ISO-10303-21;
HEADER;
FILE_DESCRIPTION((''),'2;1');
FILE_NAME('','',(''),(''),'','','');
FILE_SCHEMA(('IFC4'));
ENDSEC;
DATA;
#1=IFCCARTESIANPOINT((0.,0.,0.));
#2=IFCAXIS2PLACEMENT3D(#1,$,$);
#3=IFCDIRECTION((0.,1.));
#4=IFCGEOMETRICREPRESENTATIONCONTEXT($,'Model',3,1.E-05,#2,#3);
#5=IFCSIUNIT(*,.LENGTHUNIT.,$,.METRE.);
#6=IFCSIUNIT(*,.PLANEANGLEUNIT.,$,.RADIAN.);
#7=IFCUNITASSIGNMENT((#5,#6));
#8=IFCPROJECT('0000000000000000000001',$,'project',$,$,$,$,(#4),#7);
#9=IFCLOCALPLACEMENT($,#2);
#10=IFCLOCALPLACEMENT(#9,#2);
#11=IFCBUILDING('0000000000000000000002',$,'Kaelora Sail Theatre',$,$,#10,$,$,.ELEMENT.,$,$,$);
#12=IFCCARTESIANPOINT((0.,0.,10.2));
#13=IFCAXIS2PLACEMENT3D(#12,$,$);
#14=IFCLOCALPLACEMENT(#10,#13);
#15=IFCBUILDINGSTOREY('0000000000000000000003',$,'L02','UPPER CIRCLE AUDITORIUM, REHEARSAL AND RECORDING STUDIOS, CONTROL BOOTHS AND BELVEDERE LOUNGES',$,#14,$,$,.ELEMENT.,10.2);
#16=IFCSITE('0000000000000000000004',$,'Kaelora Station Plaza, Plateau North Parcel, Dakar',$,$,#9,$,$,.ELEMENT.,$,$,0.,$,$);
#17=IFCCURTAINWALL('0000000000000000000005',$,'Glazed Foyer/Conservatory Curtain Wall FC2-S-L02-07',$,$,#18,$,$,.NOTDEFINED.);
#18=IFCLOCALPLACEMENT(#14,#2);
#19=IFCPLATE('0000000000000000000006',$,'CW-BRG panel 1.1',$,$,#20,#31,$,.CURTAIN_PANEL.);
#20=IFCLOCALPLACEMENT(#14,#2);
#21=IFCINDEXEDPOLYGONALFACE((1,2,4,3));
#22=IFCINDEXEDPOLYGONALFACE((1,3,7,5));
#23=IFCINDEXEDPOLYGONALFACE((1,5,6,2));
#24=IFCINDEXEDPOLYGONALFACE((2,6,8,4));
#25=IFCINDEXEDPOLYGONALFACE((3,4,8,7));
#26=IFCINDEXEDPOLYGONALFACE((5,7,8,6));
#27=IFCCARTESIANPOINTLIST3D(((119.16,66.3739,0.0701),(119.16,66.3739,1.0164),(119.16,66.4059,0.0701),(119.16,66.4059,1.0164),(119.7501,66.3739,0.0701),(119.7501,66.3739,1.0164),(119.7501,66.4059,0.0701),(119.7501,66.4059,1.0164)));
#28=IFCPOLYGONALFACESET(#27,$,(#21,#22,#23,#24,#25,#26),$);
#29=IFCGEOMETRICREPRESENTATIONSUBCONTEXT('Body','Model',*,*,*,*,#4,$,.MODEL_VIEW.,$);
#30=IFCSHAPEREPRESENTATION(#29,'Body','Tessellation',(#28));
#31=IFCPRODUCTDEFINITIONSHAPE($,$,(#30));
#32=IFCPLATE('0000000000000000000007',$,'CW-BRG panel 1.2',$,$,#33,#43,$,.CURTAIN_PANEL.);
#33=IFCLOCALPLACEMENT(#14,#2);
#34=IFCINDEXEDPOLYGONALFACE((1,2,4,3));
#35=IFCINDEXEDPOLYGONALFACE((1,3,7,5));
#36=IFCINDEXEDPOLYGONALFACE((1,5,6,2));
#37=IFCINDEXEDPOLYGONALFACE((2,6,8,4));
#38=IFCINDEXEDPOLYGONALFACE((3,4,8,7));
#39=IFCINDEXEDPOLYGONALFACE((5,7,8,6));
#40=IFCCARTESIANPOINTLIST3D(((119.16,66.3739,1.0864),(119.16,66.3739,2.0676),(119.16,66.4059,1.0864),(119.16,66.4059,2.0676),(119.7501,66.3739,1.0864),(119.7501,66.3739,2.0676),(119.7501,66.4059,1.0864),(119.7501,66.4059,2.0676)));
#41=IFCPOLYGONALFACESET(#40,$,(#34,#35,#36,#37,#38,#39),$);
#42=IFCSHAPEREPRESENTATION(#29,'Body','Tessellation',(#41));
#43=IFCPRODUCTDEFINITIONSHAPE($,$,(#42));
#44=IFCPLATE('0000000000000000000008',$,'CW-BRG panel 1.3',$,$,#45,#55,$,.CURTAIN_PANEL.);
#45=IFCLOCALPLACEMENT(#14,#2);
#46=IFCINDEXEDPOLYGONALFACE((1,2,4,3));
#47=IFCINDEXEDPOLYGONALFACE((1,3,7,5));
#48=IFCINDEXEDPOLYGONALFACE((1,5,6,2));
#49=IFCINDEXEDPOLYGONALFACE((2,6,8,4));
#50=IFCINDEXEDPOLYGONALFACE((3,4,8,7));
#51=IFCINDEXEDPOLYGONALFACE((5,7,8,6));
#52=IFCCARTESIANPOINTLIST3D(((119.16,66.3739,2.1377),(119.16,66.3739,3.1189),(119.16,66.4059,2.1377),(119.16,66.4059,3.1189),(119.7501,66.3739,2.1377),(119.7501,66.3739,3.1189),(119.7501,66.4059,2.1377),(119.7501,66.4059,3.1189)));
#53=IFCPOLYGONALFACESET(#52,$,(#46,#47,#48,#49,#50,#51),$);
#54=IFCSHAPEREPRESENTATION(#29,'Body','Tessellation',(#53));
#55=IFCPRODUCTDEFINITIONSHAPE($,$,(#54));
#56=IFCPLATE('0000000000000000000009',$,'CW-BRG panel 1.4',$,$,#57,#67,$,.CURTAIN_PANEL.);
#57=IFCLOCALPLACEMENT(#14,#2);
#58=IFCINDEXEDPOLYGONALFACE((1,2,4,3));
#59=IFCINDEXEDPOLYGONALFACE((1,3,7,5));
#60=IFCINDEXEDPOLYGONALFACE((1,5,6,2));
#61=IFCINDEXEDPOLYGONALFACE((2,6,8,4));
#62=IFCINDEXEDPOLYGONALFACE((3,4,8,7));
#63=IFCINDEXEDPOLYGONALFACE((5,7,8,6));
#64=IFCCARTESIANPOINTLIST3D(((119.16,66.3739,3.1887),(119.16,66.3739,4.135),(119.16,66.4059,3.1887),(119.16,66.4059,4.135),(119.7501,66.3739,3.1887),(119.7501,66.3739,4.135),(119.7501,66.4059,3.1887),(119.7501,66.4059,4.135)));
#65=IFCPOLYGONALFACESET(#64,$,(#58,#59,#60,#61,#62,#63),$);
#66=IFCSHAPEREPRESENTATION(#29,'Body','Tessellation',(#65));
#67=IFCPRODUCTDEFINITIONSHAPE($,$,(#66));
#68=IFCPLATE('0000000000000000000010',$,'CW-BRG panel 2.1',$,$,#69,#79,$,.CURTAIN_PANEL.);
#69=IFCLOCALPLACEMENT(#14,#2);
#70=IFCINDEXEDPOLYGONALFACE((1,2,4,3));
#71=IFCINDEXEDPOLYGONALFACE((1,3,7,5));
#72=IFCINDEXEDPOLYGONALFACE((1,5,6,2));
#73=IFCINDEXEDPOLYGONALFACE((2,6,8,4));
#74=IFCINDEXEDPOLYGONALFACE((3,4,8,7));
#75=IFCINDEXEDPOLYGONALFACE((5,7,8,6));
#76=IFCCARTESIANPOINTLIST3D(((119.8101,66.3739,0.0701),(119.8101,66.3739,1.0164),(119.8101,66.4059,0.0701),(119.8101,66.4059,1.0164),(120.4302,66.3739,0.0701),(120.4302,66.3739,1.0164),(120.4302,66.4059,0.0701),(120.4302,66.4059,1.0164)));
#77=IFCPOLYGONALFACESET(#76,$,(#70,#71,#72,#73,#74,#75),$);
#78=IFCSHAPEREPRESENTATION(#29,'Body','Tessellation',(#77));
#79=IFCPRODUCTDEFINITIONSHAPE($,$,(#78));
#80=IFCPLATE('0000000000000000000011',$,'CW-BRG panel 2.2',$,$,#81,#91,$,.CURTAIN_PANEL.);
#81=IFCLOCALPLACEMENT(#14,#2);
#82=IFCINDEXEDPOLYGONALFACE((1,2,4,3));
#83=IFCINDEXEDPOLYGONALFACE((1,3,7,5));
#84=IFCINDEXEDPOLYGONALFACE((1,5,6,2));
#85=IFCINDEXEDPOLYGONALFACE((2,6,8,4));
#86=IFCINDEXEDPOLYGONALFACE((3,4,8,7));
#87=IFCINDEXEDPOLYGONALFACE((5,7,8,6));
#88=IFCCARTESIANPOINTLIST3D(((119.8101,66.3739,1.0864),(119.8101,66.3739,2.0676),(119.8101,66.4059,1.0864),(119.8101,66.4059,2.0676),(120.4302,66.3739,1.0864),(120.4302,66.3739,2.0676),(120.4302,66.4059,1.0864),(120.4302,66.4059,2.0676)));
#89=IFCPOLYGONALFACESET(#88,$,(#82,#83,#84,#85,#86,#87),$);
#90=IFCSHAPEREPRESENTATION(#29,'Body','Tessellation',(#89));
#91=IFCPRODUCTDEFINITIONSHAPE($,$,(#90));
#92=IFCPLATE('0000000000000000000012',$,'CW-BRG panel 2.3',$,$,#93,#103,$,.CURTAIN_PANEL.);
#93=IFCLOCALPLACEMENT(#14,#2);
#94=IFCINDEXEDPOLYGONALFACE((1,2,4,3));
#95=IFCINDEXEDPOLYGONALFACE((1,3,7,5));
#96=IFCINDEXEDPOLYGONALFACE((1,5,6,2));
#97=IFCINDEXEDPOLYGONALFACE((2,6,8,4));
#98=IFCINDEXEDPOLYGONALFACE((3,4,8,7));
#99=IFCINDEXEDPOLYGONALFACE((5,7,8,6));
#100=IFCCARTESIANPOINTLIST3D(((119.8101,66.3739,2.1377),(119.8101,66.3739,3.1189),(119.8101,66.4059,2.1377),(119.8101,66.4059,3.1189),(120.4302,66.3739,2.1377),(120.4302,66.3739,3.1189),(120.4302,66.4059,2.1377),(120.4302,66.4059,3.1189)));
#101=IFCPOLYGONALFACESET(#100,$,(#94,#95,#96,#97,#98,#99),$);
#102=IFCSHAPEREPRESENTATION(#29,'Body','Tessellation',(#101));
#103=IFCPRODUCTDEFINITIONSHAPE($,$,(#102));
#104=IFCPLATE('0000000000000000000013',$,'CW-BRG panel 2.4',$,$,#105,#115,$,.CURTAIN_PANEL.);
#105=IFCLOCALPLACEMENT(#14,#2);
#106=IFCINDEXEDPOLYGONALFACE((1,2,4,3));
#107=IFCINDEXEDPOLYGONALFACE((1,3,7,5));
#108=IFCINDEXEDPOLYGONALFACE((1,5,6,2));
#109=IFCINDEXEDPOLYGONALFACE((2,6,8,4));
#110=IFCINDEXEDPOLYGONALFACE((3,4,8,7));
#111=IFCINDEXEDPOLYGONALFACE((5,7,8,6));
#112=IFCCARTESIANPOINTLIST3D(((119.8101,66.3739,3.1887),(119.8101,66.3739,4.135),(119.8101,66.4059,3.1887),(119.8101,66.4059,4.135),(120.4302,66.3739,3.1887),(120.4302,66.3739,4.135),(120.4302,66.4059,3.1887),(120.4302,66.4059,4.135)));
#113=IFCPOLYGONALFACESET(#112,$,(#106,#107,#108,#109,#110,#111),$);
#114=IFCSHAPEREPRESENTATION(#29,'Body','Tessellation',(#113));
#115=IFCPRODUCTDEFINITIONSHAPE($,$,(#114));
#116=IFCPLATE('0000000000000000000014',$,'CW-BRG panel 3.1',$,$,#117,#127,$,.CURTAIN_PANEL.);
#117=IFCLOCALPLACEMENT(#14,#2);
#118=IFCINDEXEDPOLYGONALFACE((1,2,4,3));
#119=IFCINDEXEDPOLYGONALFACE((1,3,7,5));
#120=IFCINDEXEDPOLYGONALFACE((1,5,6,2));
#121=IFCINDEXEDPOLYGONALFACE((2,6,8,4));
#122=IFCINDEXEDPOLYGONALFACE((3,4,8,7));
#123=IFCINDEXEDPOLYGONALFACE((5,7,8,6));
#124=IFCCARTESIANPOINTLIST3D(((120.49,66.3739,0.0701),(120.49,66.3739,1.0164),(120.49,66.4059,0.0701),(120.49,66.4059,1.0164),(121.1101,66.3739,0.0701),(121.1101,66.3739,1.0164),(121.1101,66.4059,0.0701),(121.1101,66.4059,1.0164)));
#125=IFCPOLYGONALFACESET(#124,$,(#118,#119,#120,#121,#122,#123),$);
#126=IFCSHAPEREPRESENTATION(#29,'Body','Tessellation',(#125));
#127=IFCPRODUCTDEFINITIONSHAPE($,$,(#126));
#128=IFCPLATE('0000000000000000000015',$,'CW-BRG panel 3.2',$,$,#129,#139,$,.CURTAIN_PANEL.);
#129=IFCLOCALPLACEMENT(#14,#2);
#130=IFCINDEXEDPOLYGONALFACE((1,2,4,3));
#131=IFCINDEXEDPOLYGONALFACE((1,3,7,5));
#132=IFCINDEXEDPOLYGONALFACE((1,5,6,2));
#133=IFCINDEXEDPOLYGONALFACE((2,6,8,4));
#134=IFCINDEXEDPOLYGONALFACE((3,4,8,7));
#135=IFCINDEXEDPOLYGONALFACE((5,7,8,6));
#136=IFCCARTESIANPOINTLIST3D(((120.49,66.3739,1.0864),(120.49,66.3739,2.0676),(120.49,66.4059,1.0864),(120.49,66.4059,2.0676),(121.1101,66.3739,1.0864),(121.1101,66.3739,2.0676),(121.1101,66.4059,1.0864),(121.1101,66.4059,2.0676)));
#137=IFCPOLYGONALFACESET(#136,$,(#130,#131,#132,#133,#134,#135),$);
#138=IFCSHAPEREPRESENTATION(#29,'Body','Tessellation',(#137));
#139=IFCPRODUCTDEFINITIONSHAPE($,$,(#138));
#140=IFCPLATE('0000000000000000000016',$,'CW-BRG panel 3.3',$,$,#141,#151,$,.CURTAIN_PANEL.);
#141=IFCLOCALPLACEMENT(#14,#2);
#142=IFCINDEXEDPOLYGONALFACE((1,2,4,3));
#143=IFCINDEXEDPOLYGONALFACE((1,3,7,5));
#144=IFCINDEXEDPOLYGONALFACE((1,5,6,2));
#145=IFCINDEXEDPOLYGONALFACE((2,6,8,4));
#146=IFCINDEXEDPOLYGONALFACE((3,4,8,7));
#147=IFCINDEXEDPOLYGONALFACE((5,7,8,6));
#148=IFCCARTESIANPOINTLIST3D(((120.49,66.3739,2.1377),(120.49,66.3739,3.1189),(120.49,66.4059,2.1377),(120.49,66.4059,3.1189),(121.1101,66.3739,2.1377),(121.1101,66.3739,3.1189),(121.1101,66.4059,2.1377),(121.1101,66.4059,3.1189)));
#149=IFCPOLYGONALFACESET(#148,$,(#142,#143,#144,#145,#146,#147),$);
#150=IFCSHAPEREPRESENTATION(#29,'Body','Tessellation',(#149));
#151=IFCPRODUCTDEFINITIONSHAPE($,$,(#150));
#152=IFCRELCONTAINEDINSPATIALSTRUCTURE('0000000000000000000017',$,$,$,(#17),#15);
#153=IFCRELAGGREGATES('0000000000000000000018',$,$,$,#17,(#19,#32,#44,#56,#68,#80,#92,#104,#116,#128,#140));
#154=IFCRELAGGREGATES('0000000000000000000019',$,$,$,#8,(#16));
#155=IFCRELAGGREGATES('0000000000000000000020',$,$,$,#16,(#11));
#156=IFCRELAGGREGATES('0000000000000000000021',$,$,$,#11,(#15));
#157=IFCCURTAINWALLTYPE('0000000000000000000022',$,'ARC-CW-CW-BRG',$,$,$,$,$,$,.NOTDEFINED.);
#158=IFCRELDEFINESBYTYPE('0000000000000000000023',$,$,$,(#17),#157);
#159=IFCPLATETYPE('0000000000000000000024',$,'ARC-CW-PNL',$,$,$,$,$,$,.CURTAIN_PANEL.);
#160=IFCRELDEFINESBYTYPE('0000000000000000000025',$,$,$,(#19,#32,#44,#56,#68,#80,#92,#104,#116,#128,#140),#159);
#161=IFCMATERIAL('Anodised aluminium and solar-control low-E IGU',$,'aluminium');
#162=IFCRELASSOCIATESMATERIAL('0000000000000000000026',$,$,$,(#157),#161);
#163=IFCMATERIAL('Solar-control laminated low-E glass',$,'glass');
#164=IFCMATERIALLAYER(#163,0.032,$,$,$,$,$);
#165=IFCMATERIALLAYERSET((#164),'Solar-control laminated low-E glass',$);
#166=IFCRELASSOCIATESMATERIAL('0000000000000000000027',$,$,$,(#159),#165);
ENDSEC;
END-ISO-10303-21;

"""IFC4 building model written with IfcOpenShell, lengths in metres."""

from ifc_helpers import new_model, si_unit, direction, frame, origin, origin_2d, place, context, subcontext, project, spatial, rectangle, extrude, material, layer, layer_set, type_object, element, aggregate, save


model = new_model("IFC4")

# Units and contexts
model_context = context("Model", 3, precision=1e-05, world=origin(), true_north=direction((0.0, 1.0)))
body_context = subcontext(model_context, "Body", "Model", "MODEL_VIEW")
ifc_project = project(units=[si_unit("LENGTHUNIT", "METRE"), si_unit("PLANEANGLEUNIT", "RADIAN")], contexts=[model_context])

# Site, building, storey
site_placement = place(None, origin())
site = spatial("IfcSite", under=ifc_project, at=site_placement, Name="Kaelora Station Plaza, Plateau North Parcel, Dakar", CompositionType="ELEMENT", RefElevation=0.0)
building_placement = place(site_placement, origin())
building = spatial("IfcBuilding", under=site, at=building_placement, Name="Kaelora Sail Theatre", CompositionType="ELEMENT")
storey_placement = place(building_placement, frame((0.0, 0.0, 10.2)))
storey = spatial("IfcBuildingStorey", under=building, at=storey_placement, Name="L02", Description="UPPER CIRCLE AUDITORIUM, REHEARSAL AND RECORDING STUDIOS, CONTROL BOOTHS AND BELVEDERE LOUNGES", CompositionType="ELEMENT", Elevation=10.2)

# Shared definitions
ifc_material_1 = material(Name="Anodised aluminium and solar-control low-E IGU", Category="aluminium")
curtain_wall_type = type_object("IfcCurtainWallType", Name="ARC-CW-CW-BRG", PredefinedType="NOTDEFINED", material=ifc_material_1)

# Curtain wall
curtain_wall_1_placement = place(storey_placement, origin())
curtain_wall_1 = element("IfcCurtainWall", 1, at=curtain_wall_1_placement, inside=storey, type_object=curtain_wall_type, Name="Glazed Foyer/Conservatory Curtain Wall FC2-S-L02-07", PredefinedType="NOTDEFINED")

# Plates
ifc_material_2 = material(Name="Solar-control laminated low-E glass", Category="glass")
ifc_layer = layer(ifc_material_2, 0.032)
ifc_layer_set = layer_set([ifc_layer], Name="Solar-control laminated low-E glass")
plate_type = type_object("IfcPlateType", Name="ARC-CW-PNL", PredefinedType="CURTAIN_PANEL", material=ifc_layer_set)
plate_1_placement = place(storey_placement, frame((119.4551, 66.3899, 0.0701), z_axis=(0.0, 0.0, 1.0), x_axis=(1.0, 0.0, 0.0)))
plate_1 = element("IfcPlate", 2, at=plate_1_placement, type_object=plate_type, Name="CW-BRG panel 1.1", PredefinedType="CURTAIN_PANEL", context=body_context, shape_type="SweptSolid", body=[
    extrude(rectangle(XDim=0.5901, YDim=0.032, at=origin_2d()), origin(), (0.0, 0.0, 1.0), 0.9463),
])
plate_2_placement = place(storey_placement, frame((119.4551, 66.3899, 1.0864), z_axis=(0.0, 0.0, 1.0), x_axis=(1.0, 0.0, 0.0)))
plate_2 = element("IfcPlate", 3, at=plate_2_placement, type_object=plate_type, Name="CW-BRG panel 1.2", PredefinedType="CURTAIN_PANEL", context=body_context, shape_type="SweptSolid", body=[
    extrude(rectangle(XDim=0.5901, YDim=0.032, at=origin_2d()), origin(), (0.0, 0.0, 1.0), 0.9812),
])
plate_3_placement = place(storey_placement, frame((119.4551, 66.3899, 2.1377), z_axis=(0.0, 0.0, 1.0), x_axis=(1.0, 0.0, 0.0)))
plate_3 = element("IfcPlate", 4, at=plate_3_placement, type_object=plate_type, Name="CW-BRG panel 1.3", PredefinedType="CURTAIN_PANEL", context=body_context, shape_type="SweptSolid", body=[
    extrude(rectangle(XDim=0.5901, YDim=0.032, at=origin_2d()), origin(), (0.0, 0.0, 1.0), 0.9812),
])
plate_4_placement = place(storey_placement, frame((119.4551, 66.3899, 3.1887), z_axis=(0.0, 0.0, 1.0), x_axis=(1.0, 0.0, 0.0)))
plate_4 = element("IfcPlate", 5, at=plate_4_placement, type_object=plate_type, Name="CW-BRG panel 1.4", PredefinedType="CURTAIN_PANEL", context=body_context, shape_type="SweptSolid", body=[
    extrude(rectangle(XDim=0.5901, YDim=0.032, at=origin_2d()), origin(), (0.0, 0.0, 1.0), 0.9463),
])
plate_5_placement = place(storey_placement, frame((120.1201, 66.3899, 0.0701), z_axis=(0.0, 0.0, 1.0), x_axis=(1.0, 0.0, 0.0)))
plate_5 = element("IfcPlate", 6, at=plate_5_placement, type_object=plate_type, Name="CW-BRG panel 2.1", PredefinedType="CURTAIN_PANEL", context=body_context, shape_type="SweptSolid", body=[
    extrude(rectangle(XDim=0.6201, YDim=0.032, at=origin_2d()), origin(), (0.0, 0.0, 1.0), 0.9463),
])
plate_6_placement = place(storey_placement, frame((120.1201, 66.3899, 1.0864), z_axis=(0.0, 0.0, 1.0), x_axis=(1.0, 0.0, 0.0)))
plate_6 = element("IfcPlate", 7, at=plate_6_placement, type_object=plate_type, Name="CW-BRG panel 2.2", PredefinedType="CURTAIN_PANEL", context=body_context, shape_type="SweptSolid", body=[
    extrude(rectangle(XDim=0.6201, YDim=0.032, at=origin_2d()), origin(), (0.0, 0.0, 1.0), 0.9812),
])
plate_7_placement = place(storey_placement, frame((120.1201, 66.3899, 2.1377), z_axis=(0.0, 0.0, 1.0), x_axis=(1.0, 0.0, 0.0)))
plate_7 = element("IfcPlate", 8, at=plate_7_placement, type_object=plate_type, Name="CW-BRG panel 2.3", PredefinedType="CURTAIN_PANEL", context=body_context, shape_type="SweptSolid", body=[
    extrude(rectangle(XDim=0.6201, YDim=0.032, at=origin_2d()), origin(), (0.0, 0.0, 1.0), 0.9812),
])
plate_8_placement = place(storey_placement, frame((120.1201, 66.3899, 3.1887), z_axis=(0.0, 0.0, 1.0), x_axis=(1.0, 0.0, 0.0)))
plate_8 = element("IfcPlate", 9, at=plate_8_placement, type_object=plate_type, Name="CW-BRG panel 2.4", PredefinedType="CURTAIN_PANEL", context=body_context, shape_type="SweptSolid", body=[
    extrude(rectangle(XDim=0.6201, YDim=0.032, at=origin_2d()), origin(), (0.0, 0.0, 1.0), 0.9463),
])
plate_9_placement = place(storey_placement, frame((120.8, 66.3899, 0.0701), z_axis=(0.0, 0.0, 1.0), x_axis=(1.0, 0.0, 0.0)))
plate_9 = element("IfcPlate", 10, at=plate_9_placement, type_object=plate_type, Name="CW-BRG panel 3.1", PredefinedType="CURTAIN_PANEL", context=body_context, shape_type="SweptSolid", body=[
    extrude(rectangle(XDim=0.6201, YDim=0.032, at=origin_2d()), origin(), (0.0, 0.0, 1.0), 0.9463),
])
plate_10_placement = place(storey_placement, frame((120.8, 66.3899, 1.0864), z_axis=(0.0, 0.0, 1.0), x_axis=(1.0, 0.0, 0.0)))
plate_10 = element("IfcPlate", 11, at=plate_10_placement, type_object=plate_type, Name="CW-BRG panel 3.2", PredefinedType="CURTAIN_PANEL", context=body_context, shape_type="SweptSolid", body=[
    extrude(rectangle(XDim=0.6201, YDim=0.032, at=origin_2d()), origin(), (0.0, 0.0, 1.0), 0.9812),
])
plate_11_placement = place(storey_placement, frame((120.8, 66.3899, 2.1377), z_axis=(0.0, 0.0, 1.0), x_axis=(1.0, 0.0, 0.0)))
plate_11 = element("IfcPlate", 12, at=plate_11_placement, type_object=plate_type, Name="CW-BRG panel 3.3", PredefinedType="CURTAIN_PANEL", context=body_context, shape_type="SweptSolid", body=[
    extrude(rectangle(XDim=0.6201, YDim=0.032, at=origin_2d()), origin(), (0.0, 0.0, 1.0), 0.9812),
])
aggregate(curtain_wall_1, [plate_1, plate_2, plate_3, plate_4, plate_5, plate_6, plate_7, plate_8, plate_9, plate_10, plate_11])

save(model, "model.ifc")
